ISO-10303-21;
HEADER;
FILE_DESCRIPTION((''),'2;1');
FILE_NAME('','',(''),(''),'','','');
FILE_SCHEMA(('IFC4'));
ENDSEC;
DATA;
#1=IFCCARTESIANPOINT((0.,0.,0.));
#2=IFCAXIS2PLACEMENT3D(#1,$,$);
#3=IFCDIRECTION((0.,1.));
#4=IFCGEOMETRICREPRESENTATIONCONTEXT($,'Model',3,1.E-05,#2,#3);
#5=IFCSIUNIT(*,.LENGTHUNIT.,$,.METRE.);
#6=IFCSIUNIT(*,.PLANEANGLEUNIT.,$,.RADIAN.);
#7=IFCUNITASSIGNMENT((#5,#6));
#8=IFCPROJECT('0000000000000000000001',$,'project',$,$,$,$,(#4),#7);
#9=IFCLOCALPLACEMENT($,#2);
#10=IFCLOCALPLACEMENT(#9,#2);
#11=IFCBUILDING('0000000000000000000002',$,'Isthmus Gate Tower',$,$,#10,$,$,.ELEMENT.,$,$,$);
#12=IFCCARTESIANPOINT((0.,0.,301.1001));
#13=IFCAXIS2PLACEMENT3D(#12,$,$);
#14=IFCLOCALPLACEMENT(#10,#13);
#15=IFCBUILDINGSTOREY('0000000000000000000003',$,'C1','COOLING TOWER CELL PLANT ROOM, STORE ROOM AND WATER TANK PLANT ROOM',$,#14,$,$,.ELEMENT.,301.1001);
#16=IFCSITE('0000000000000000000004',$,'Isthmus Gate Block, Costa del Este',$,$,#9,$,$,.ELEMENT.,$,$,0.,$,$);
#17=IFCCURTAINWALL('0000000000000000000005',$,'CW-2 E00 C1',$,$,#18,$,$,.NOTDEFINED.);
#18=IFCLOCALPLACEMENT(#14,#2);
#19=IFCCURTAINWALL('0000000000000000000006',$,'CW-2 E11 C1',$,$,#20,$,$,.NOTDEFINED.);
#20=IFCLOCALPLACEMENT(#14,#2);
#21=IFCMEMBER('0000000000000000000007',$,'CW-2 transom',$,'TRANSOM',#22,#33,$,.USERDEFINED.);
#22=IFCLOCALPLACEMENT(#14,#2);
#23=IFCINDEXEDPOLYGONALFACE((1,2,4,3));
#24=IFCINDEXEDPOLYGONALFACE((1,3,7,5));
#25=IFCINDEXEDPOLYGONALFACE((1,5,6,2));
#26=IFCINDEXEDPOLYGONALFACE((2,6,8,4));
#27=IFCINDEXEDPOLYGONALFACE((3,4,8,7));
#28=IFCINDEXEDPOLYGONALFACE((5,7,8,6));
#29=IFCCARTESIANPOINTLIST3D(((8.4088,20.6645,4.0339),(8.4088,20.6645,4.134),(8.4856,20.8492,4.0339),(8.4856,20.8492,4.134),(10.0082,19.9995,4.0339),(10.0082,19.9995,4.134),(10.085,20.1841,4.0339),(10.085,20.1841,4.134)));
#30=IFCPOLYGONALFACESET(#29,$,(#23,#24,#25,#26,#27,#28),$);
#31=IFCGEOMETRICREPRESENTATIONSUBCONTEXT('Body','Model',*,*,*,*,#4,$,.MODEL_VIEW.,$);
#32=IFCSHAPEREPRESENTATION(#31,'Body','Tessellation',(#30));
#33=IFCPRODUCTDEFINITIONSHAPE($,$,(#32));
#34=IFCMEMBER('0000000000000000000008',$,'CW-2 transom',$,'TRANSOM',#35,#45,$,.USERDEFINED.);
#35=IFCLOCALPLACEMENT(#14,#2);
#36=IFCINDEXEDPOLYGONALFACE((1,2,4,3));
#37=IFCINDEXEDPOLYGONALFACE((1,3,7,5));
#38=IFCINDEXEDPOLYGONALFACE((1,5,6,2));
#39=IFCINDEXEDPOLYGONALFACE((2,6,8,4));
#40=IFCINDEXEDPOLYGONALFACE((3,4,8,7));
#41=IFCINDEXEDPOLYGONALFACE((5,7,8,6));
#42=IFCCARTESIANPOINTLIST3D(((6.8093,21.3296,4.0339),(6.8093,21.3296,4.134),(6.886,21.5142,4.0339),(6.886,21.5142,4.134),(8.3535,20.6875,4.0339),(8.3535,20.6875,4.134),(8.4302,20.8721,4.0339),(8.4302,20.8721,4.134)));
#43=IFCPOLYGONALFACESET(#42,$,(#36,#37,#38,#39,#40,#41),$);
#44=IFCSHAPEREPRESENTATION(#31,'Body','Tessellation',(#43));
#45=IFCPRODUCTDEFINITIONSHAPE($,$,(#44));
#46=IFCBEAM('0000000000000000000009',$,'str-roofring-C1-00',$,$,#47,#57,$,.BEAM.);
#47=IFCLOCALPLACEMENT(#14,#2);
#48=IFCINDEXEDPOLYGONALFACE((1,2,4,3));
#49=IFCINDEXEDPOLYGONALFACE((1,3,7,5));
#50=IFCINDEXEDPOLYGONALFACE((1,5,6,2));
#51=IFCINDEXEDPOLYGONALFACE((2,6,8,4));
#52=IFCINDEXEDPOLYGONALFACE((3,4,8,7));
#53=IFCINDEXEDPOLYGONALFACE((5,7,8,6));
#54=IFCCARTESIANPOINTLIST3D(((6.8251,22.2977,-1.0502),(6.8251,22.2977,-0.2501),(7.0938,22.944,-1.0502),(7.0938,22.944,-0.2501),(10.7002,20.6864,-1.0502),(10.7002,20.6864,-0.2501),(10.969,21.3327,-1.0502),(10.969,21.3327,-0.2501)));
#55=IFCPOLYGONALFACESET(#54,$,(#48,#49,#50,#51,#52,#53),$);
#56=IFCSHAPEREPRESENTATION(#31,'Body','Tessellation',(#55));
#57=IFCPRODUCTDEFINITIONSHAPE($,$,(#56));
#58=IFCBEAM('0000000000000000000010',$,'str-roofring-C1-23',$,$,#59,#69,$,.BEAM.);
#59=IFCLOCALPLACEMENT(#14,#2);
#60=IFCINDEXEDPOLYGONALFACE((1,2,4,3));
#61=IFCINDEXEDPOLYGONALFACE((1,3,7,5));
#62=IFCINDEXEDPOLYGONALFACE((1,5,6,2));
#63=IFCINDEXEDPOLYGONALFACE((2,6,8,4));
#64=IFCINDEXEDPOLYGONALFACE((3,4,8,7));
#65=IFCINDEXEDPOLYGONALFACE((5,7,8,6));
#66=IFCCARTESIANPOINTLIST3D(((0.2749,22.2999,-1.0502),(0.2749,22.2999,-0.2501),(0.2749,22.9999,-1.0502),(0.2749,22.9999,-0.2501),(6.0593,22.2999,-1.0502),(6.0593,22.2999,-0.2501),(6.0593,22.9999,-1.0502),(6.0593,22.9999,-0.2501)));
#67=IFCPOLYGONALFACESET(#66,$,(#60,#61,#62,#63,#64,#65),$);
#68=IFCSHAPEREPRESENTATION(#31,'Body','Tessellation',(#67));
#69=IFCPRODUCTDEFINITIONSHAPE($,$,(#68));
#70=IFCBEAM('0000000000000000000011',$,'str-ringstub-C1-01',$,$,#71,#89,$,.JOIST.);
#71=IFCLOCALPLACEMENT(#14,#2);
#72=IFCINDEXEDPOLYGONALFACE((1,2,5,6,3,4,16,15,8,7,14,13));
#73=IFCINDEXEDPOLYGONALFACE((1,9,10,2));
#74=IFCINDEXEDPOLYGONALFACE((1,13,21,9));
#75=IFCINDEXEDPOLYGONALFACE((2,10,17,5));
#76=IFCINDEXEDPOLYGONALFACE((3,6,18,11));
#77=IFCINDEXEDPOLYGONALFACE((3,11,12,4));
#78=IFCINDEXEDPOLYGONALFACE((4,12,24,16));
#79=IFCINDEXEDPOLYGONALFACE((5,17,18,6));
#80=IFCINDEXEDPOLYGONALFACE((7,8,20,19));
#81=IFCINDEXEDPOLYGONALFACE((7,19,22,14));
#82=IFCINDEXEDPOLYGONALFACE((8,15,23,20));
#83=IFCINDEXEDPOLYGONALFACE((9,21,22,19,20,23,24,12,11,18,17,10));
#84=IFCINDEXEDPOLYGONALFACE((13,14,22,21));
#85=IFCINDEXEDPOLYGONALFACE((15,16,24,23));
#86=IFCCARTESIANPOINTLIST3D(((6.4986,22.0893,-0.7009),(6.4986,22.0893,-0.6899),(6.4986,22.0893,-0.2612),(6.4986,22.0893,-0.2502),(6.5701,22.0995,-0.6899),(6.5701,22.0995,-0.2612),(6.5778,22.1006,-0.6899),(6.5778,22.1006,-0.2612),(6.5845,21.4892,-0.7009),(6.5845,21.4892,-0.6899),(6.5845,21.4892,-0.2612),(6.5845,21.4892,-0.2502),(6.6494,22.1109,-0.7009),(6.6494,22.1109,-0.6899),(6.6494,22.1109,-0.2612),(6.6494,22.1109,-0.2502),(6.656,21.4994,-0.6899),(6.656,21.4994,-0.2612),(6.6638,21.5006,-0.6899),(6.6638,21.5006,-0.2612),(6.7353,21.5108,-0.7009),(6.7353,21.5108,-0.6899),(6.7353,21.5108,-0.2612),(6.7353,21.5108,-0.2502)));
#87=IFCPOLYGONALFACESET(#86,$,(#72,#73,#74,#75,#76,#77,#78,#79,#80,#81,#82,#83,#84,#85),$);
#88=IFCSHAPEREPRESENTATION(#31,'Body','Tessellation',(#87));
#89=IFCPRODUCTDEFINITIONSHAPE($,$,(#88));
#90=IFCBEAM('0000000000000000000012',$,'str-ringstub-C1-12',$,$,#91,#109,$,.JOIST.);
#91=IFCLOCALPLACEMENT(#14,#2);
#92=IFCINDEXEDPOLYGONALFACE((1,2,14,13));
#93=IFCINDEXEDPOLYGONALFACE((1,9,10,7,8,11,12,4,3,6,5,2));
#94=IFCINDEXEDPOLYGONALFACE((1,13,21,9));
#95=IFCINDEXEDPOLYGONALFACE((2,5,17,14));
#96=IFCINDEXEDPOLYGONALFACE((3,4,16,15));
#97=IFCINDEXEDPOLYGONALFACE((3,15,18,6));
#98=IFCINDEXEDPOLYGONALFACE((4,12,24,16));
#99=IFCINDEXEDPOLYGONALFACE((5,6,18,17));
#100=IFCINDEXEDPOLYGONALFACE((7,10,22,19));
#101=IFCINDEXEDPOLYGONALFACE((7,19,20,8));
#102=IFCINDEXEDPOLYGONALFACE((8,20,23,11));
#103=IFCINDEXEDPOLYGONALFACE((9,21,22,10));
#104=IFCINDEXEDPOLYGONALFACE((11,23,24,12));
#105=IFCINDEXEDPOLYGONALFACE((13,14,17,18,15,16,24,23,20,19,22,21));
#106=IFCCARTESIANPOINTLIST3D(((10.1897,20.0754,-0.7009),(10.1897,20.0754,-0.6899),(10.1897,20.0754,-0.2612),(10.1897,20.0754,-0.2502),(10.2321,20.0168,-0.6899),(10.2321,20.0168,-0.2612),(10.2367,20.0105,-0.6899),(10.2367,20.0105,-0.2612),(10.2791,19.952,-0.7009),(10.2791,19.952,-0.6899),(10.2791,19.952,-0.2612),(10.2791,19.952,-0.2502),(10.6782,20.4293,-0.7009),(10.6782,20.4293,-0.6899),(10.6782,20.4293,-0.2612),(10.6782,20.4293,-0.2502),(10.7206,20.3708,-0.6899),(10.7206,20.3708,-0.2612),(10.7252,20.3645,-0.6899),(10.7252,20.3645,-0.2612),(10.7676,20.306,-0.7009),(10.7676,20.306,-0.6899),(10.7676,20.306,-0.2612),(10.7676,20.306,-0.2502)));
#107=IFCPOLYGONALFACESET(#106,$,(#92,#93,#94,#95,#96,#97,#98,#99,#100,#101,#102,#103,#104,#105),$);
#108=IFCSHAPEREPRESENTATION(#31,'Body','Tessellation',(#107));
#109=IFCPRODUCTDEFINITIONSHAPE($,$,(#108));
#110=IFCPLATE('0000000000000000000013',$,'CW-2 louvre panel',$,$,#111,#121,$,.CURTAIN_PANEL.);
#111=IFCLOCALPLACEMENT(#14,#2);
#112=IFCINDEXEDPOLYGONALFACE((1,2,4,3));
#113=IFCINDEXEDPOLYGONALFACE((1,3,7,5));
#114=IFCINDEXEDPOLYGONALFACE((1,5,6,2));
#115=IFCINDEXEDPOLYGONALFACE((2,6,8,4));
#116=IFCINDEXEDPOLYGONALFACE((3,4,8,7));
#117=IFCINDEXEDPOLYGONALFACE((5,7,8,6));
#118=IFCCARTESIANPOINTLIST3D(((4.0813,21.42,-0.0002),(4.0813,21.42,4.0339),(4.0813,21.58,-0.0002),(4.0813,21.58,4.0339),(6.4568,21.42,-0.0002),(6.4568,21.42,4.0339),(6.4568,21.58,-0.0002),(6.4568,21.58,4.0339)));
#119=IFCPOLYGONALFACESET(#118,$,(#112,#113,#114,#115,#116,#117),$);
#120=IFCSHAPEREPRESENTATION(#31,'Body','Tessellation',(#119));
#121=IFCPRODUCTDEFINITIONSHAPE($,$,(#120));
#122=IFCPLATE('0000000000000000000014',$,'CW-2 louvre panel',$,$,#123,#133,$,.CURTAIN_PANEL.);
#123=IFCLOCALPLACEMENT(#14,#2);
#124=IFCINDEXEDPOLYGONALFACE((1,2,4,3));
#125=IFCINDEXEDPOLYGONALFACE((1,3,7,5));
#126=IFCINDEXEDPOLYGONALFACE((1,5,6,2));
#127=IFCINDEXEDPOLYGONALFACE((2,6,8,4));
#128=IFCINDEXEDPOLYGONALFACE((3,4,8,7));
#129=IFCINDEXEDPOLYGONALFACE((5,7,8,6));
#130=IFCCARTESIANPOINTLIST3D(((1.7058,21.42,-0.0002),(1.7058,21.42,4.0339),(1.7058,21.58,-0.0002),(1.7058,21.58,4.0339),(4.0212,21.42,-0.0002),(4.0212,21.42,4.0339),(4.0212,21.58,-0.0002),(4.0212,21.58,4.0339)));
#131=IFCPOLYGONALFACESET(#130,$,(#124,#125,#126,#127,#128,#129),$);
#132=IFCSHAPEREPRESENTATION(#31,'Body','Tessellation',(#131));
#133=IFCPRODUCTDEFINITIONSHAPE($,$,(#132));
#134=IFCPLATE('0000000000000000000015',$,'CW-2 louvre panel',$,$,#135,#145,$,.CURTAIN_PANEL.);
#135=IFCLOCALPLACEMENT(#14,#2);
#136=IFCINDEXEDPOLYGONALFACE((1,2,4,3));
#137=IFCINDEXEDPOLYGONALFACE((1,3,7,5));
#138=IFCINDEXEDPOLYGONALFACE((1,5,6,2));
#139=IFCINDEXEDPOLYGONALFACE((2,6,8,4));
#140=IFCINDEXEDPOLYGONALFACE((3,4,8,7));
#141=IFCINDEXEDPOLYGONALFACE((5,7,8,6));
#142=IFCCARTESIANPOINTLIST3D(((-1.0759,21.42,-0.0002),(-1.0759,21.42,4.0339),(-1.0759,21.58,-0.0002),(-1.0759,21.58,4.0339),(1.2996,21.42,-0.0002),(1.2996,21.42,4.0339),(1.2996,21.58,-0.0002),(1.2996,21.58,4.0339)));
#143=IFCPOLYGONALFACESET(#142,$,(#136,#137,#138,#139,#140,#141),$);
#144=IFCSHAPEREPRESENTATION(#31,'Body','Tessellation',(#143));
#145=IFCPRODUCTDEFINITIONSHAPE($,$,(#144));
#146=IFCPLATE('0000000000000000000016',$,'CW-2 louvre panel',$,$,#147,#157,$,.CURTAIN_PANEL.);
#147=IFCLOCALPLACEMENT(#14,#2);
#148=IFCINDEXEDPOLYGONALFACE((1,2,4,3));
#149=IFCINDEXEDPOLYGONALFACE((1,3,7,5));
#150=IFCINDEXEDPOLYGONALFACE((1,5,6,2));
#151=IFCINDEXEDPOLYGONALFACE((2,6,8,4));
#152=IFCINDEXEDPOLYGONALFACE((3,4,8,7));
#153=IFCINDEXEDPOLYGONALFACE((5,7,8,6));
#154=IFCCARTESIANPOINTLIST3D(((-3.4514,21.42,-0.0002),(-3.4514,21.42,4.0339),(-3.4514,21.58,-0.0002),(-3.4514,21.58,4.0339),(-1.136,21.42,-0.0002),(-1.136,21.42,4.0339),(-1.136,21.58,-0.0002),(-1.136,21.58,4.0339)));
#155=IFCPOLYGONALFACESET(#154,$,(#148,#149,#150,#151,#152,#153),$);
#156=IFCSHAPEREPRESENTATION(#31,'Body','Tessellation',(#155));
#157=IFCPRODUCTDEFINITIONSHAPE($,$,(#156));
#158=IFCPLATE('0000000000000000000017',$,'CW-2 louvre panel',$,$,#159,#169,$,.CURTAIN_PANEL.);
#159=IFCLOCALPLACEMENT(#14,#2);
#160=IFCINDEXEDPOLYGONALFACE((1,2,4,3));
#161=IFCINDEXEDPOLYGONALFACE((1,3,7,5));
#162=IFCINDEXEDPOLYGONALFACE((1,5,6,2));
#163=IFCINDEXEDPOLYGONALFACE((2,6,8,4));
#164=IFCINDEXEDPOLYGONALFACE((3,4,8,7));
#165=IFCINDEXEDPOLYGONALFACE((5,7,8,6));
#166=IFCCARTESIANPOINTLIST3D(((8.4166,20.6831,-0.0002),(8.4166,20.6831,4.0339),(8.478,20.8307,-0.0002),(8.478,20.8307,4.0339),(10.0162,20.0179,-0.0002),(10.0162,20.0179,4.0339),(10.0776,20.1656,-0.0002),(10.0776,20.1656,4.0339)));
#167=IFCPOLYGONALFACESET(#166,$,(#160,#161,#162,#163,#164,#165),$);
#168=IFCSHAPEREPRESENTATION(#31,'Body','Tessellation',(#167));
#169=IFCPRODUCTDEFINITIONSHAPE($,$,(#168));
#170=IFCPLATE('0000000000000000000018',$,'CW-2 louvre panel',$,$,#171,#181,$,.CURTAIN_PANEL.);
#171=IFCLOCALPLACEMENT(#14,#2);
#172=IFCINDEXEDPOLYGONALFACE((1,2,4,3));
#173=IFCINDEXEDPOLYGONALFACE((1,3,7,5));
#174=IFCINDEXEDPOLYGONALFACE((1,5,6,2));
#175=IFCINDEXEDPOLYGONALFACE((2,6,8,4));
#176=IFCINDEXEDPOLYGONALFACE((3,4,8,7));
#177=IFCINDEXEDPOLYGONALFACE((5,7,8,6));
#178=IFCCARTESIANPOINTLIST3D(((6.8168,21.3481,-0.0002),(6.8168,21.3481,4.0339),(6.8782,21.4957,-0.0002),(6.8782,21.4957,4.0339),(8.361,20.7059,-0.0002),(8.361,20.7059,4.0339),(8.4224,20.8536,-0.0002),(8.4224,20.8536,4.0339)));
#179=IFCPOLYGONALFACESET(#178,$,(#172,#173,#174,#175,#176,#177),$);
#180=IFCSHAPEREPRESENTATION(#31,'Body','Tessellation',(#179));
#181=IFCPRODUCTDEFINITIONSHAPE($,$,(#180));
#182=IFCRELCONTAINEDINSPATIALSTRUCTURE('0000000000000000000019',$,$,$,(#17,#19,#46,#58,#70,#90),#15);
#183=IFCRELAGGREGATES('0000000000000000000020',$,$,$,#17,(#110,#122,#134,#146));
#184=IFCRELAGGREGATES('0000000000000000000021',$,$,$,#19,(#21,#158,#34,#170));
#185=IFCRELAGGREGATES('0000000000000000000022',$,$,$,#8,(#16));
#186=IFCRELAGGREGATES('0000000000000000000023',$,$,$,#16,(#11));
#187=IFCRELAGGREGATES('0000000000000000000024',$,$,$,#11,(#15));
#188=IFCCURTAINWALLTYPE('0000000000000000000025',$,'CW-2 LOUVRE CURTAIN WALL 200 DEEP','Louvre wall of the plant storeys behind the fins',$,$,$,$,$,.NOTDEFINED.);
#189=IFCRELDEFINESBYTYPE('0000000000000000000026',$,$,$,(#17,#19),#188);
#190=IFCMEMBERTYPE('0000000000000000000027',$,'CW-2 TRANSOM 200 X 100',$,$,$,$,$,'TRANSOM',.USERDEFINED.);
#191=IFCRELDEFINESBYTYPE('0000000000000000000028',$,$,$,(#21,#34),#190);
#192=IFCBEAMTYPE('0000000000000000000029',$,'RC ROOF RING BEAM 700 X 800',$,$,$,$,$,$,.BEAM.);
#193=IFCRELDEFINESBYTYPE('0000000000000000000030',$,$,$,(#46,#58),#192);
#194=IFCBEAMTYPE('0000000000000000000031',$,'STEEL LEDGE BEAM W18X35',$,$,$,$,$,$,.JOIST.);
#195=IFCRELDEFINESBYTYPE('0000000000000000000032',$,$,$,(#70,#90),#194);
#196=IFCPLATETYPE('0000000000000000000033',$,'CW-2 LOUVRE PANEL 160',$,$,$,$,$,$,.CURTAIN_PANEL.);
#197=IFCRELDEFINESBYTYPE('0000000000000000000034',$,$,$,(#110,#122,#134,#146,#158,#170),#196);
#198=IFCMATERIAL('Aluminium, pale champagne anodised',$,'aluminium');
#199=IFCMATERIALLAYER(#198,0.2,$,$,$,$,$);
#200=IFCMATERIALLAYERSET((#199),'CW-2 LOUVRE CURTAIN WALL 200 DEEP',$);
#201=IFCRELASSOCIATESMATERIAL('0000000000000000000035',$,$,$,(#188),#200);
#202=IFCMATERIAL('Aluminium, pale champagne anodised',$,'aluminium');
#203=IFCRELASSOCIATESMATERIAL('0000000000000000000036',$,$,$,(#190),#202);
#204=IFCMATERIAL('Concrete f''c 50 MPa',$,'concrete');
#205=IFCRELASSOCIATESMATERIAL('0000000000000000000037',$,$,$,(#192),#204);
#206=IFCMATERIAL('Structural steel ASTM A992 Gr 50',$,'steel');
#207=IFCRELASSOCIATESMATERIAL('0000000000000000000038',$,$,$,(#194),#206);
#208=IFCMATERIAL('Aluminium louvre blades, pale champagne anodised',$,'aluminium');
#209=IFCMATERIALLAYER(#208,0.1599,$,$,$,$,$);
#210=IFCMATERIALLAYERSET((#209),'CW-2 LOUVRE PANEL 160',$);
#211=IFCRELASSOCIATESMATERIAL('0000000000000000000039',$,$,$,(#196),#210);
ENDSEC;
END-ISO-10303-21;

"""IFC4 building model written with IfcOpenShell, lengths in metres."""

from ifc_helpers import new_model, si_unit, direction, frame, origin, origin_2d, place, context, subcontext, project, spatial, rectangle, i_section, extrude, material, layer, layer_set, material_profile, profile_set, type_object, element, aggregate, save


model = new_model("IFC4")

# Units and contexts
model_context = context("Model", 3, precision=1e-05, world=origin(), true_north=direction((0.0, 1.0)))
body_context = subcontext(model_context, "Body", "Model", "MODEL_VIEW")
ifc_project = project(units=[si_unit("LENGTHUNIT", "METRE"), si_unit("PLANEANGLEUNIT", "RADIAN")], contexts=[model_context])

# Site, building, storey
site_placement = place(None, origin())
site = spatial("IfcSite", under=ifc_project, at=site_placement, Name="Isthmus Gate Block, Costa del Este", CompositionType="ELEMENT", RefElevation=0.0)
building_placement = place(site_placement, origin())
building = spatial("IfcBuilding", under=site, at=building_placement, Name="Isthmus Gate Tower", CompositionType="ELEMENT")
storey_placement = place(building_placement, frame((0.0, 0.0, 301.1001)))
storey = spatial("IfcBuildingStorey", under=building, at=storey_placement, Name="C1", Description="COOLING TOWER CELL PLANT ROOM, STORE ROOM AND WATER TANK PLANT ROOM", CompositionType="ELEMENT", Elevation=301.1001)

# Curtain wall
ifc_material_1 = material(Name="Aluminium, pale champagne anodised", Category="aluminium")
ifc_layer_1 = layer(ifc_material_1, 0.2)
ifc_layer_set_1 = layer_set([ifc_layer_1], Name="CW-2 LOUVRE CURTAIN WALL 200 DEEP")
curtain_wall_type = type_object("IfcCurtainWallType", Name="CW-2 LOUVRE CURTAIN WALL 200 DEEP", Description="Louvre wall of the plant storeys behind the fins", PredefinedType="NOTDEFINED", material=ifc_layer_set_1)
curtain_wall_1_placement = place(storey_placement, origin())
curtain_wall_1 = element("IfcCurtainWall", 1, at=curtain_wall_1_placement, inside=storey, type_object=curtain_wall_type, Name="CW-2 E00 C1", PredefinedType="NOTDEFINED")

# Curtain wall
curtain_wall_2_placement = place(storey_placement, origin())
curtain_wall_2 = element("IfcCurtainWall", 2, at=curtain_wall_2_placement, inside=storey, type_object=curtain_wall_type, Name="CW-2 E11 C1", PredefinedType="NOTDEFINED")

# Members
ifc_material_2 = material(Name="Aluminium, pale champagne anodised", Category="aluminium")
ifc_material_profile_1 = material_profile(ifc_material_2, rectangle(XDim=0.2, YDim=0.1001, at=origin_2d()), Name="200x100")
ifc_profile_set_1 = profile_set([ifc_material_profile_1], Name="Aluminium, pale champagne anodised")
member_type_1 = type_object("IfcMemberType", Name="CW-2 TRANSOM 200 X 100", ElementType="TRANSOM", PredefinedType="USERDEFINED", material=ifc_profile_set_1)
member_1_placement = place(storey_placement, frame((10.0466, 20.0918, 4.084), z_axis=(-0.923356, 0.383945, 0.0), x_axis=(-0.383945, -0.923356, 0.0)))
member_1 = element("IfcMember", 3, at=member_1_placement, type_object=member_type_1, Name="CW-2 transom", ObjectType="TRANSOM", PredefinedType="USERDEFINED", context=body_context, shape_type="SweptSolid", body=[
    extrude(rectangle(XDim=0.2, YDim=0.1001, at=origin_2d()), origin(), (0.0, 0.0, 1.0), 1.7322),
])
member_2_placement = place(storey_placement, frame((8.3918, 20.7798, 4.084), z_axis=(-0.923357, 0.383942, 0.0), x_axis=(-0.383942, -0.923357, 0.0)))
member_2 = element("IfcMember", 4, at=member_2_placement, type_object=member_type_1, Name="CW-2 transom", ObjectType="TRANSOM", PredefinedType="USERDEFINED", context=body_context, shape_type="SweptSolid", body=[
    extrude(rectangle(XDim=0.2, YDim=0.1001, at=origin_2d()), origin(), (0.0, 0.0, 1.0), 1.6724),
])

# Beams
ifc_material_3 = material(Name="Concrete f'c 50 MPa", Category="concrete")
ifc_material_profile_2 = material_profile(ifc_material_3, rectangle(XDim=0.7, YDim=0.8, at=origin_2d()), Name="RC 700X800")
ifc_profile_set_2 = profile_set([ifc_material_profile_2], Name="Concrete f'c 50 MPa")
beam_type_1 = type_object("IfcBeamType", Name="RC ROOF RING BEAM 700 X 800", PredefinedType="BEAM", material=ifc_profile_set_2)
beam_1_placement = place(storey_placement, frame((6.9595, 22.6208, -0.6501), z_axis=(0.923361, -0.383934, 0.0), x_axis=(0.383934, 0.923361, 0.0)))
element("IfcBeam", 5, at=beam_1_placement, inside=storey, type_object=beam_type_1, Name="str-roofring-C1-00", PredefinedType="BEAM", context=body_context, shape_type="SweptSolid", body=[
    extrude(rectangle(XDim=0.7, YDim=0.8, at=origin_2d()), origin(), (0.0, 0.0, 1.0), 4.1968),
])
beam_2_placement = place(storey_placement, frame((0.2749, 22.6499, -0.6501), z_axis=(1.0, 0.0, 0.0), x_axis=(0.0, 1.0, 0.0)))
element("IfcBeam", 6, at=beam_2_placement, inside=storey, type_object=beam_type_1, Name="str-roofring-C1-23", PredefinedType="BEAM", context=body_context, shape_type="SweptSolid", body=[
    extrude(rectangle(XDim=0.7, YDim=0.8, at=origin_2d()), origin(), (0.0, 0.0, 1.0), 5.7844),
])
ifc_material_4 = material(Name="Structural steel ASTM A992 Gr 50", Category="steel")
ifc_material_profile_3 = material_profile(ifc_material_4, i_section(OverallWidth=0.1523, OverallDepth=0.4507, WebThickness=0.0078, FlangeThickness=0.011, at=origin_2d()), Name="W18X35")
ifc_profile_set_3 = profile_set([ifc_material_profile_3], Name="Structural steel ASTM A992 Gr 50")
beam_type_2 = type_object("IfcBeamType", Name="STEEL LEDGE BEAM W18X35", PredefinedType="JOIST", material=ifc_profile_set_3)
beam_3_placement = place(storey_placement, frame((6.6599, 21.5, -0.4756), z_axis=(-0.14176, 0.989901, 0.0), x_axis=(-0.989901, -0.14176, 0.0)))
element("IfcBeam", 7, at=beam_3_placement, inside=storey, type_object=beam_type_2, Name="str-ringstub-C1-01", PredefinedType="JOIST", context=body_context, shape_type="SweptSolid", body=[
    extrude(i_section(OverallWidth=0.1523, OverallDepth=0.4507, WebThickness=0.0078, FlangeThickness=0.011, at=origin_2d()), origin(), (0.0, 0.0, 1.0), 0.6062),
])
beam_4_placement = place(storey_placement, frame((10.2344, 20.0137, -0.4756), z_axis=(0.80975, 0.586775, 0.0), x_axis=(-0.586775, 0.80975, 0.0)))
element("IfcBeam", 8, at=beam_4_placement, inside=storey, type_object=beam_type_2, Name="str-ringstub-C1-12", PredefinedType="JOIST", context=body_context, shape_type="SweptSolid", body=[
    extrude(i_section(OverallWidth=0.1523, OverallDepth=0.4507, WebThickness=0.0078, FlangeThickness=0.011, at=origin_2d()), origin(), (0.0, 0.0, 1.0), 0.6033),
])

# Plates
ifc_material_5 = material(Name="Aluminium louvre blades, pale champagne anodised", Category="aluminium")
ifc_layer_2 = layer(ifc_material_5, 0.1599)
ifc_layer_set_2 = layer_set([ifc_layer_2], Name="CW-2 LOUVRE PANEL 160")
plate_type = type_object("IfcPlateType", Name="CW-2 LOUVRE PANEL 160", PredefinedType="CURTAIN_PANEL", material=ifc_layer_set_2)
plate_1_placement = place(storey_placement, frame((5.269, 21.5, -0.0002), z_axis=(0.0, 0.0, 1.0), x_axis=(-1.0, 0.0, 0.0)))
plate_1 = element("IfcPlate", 9, at=plate_1_placement, type_object=plate_type, Name="CW-2 louvre panel", PredefinedType="CURTAIN_PANEL", context=body_context, shape_type="SweptSolid", body=[
    extrude(rectangle(XDim=2.3755, YDim=0.1599, at=origin_2d()), origin(), (0.0, 0.0, 1.0), 4.0342),
])
plate_2_placement = place(storey_placement, frame((2.8635, 21.5, -0.0002), z_axis=(0.0, 0.0, 1.0), x_axis=(-1.0, 0.0, 0.0)))
plate_2 = element("IfcPlate", 10, at=plate_2_placement, type_object=plate_type, Name="CW-2 louvre panel", PredefinedType="CURTAIN_PANEL", context=body_context, shape_type="SweptSolid", body=[
    extrude(rectangle(XDim=2.3154, YDim=0.1599, at=origin_2d()), origin(), (0.0, 0.0, 1.0), 4.0342),
])
plate_3_placement = place(storey_placement, frame((0.1118, 21.5, -0.0002), z_axis=(0.0, 0.0, 1.0), x_axis=(-1.0, 0.0, 0.0)))
plate_3 = element("IfcPlate", 11, at=plate_3_placement, type_object=plate_type, Name="CW-2 louvre panel", PredefinedType="CURTAIN_PANEL", context=body_context, shape_type="SweptSolid", body=[
    extrude(rectangle(XDim=2.3755, YDim=0.1599, at=origin_2d()), origin(), (0.0, 0.0, 1.0), 4.0342),
])
plate_4_placement = place(storey_placement, frame((-2.2937, 21.5, -0.0002), z_axis=(0.0, 0.0, 1.0), x_axis=(-1.0, 0.0, 0.0)))
plate_4 = element("IfcPlate", 12, at=plate_4_placement, type_object=plate_type, Name="CW-2 louvre panel", PredefinedType="CURTAIN_PANEL", context=body_context, shape_type="SweptSolid", body=[
    extrude(rectangle(XDim=2.3154, YDim=0.1599, at=origin_2d()), origin(), (0.0, 0.0, 1.0), 4.0342),
])
aggregate(curtain_wall_1, [plate_1, plate_2, plate_3, plate_4])
plate_5_placement = place(storey_placement, frame((9.2471, 20.4243, -0.0002), z_axis=(0.0, 0.0, 1.0), x_axis=(-0.923353, 0.383952, 0.0)))
plate_5 = element("IfcPlate", 13, at=plate_5_placement, type_object=plate_type, Name="CW-2 louvre panel", PredefinedType="CURTAIN_PANEL", context=body_context, shape_type="SweptSolid", body=[
    extrude(rectangle(XDim=1.7324, YDim=0.1599, at=origin_2d()), origin(), (0.0, 0.0, 1.0), 4.0342),
])
plate_6_placement = place(storey_placement, frame((7.6196, 21.1008, -0.0002), z_axis=(0.0, 0.0, 1.0), x_axis=(-0.923353, 0.383952, 0.0)))
plate_6 = element("IfcPlate", 14, at=plate_6_placement, type_object=plate_type, Name="CW-2 louvre panel", PredefinedType="CURTAIN_PANEL", context=body_context, shape_type="SweptSolid", body=[
    extrude(rectangle(XDim=1.6724, YDim=0.1599, at=origin_2d()), origin(), (0.0, 0.0, 1.0), 4.0342),
])
aggregate(curtain_wall_2, [member_1, plate_5, member_2, plate_6])

save(model, "model.ifc")
